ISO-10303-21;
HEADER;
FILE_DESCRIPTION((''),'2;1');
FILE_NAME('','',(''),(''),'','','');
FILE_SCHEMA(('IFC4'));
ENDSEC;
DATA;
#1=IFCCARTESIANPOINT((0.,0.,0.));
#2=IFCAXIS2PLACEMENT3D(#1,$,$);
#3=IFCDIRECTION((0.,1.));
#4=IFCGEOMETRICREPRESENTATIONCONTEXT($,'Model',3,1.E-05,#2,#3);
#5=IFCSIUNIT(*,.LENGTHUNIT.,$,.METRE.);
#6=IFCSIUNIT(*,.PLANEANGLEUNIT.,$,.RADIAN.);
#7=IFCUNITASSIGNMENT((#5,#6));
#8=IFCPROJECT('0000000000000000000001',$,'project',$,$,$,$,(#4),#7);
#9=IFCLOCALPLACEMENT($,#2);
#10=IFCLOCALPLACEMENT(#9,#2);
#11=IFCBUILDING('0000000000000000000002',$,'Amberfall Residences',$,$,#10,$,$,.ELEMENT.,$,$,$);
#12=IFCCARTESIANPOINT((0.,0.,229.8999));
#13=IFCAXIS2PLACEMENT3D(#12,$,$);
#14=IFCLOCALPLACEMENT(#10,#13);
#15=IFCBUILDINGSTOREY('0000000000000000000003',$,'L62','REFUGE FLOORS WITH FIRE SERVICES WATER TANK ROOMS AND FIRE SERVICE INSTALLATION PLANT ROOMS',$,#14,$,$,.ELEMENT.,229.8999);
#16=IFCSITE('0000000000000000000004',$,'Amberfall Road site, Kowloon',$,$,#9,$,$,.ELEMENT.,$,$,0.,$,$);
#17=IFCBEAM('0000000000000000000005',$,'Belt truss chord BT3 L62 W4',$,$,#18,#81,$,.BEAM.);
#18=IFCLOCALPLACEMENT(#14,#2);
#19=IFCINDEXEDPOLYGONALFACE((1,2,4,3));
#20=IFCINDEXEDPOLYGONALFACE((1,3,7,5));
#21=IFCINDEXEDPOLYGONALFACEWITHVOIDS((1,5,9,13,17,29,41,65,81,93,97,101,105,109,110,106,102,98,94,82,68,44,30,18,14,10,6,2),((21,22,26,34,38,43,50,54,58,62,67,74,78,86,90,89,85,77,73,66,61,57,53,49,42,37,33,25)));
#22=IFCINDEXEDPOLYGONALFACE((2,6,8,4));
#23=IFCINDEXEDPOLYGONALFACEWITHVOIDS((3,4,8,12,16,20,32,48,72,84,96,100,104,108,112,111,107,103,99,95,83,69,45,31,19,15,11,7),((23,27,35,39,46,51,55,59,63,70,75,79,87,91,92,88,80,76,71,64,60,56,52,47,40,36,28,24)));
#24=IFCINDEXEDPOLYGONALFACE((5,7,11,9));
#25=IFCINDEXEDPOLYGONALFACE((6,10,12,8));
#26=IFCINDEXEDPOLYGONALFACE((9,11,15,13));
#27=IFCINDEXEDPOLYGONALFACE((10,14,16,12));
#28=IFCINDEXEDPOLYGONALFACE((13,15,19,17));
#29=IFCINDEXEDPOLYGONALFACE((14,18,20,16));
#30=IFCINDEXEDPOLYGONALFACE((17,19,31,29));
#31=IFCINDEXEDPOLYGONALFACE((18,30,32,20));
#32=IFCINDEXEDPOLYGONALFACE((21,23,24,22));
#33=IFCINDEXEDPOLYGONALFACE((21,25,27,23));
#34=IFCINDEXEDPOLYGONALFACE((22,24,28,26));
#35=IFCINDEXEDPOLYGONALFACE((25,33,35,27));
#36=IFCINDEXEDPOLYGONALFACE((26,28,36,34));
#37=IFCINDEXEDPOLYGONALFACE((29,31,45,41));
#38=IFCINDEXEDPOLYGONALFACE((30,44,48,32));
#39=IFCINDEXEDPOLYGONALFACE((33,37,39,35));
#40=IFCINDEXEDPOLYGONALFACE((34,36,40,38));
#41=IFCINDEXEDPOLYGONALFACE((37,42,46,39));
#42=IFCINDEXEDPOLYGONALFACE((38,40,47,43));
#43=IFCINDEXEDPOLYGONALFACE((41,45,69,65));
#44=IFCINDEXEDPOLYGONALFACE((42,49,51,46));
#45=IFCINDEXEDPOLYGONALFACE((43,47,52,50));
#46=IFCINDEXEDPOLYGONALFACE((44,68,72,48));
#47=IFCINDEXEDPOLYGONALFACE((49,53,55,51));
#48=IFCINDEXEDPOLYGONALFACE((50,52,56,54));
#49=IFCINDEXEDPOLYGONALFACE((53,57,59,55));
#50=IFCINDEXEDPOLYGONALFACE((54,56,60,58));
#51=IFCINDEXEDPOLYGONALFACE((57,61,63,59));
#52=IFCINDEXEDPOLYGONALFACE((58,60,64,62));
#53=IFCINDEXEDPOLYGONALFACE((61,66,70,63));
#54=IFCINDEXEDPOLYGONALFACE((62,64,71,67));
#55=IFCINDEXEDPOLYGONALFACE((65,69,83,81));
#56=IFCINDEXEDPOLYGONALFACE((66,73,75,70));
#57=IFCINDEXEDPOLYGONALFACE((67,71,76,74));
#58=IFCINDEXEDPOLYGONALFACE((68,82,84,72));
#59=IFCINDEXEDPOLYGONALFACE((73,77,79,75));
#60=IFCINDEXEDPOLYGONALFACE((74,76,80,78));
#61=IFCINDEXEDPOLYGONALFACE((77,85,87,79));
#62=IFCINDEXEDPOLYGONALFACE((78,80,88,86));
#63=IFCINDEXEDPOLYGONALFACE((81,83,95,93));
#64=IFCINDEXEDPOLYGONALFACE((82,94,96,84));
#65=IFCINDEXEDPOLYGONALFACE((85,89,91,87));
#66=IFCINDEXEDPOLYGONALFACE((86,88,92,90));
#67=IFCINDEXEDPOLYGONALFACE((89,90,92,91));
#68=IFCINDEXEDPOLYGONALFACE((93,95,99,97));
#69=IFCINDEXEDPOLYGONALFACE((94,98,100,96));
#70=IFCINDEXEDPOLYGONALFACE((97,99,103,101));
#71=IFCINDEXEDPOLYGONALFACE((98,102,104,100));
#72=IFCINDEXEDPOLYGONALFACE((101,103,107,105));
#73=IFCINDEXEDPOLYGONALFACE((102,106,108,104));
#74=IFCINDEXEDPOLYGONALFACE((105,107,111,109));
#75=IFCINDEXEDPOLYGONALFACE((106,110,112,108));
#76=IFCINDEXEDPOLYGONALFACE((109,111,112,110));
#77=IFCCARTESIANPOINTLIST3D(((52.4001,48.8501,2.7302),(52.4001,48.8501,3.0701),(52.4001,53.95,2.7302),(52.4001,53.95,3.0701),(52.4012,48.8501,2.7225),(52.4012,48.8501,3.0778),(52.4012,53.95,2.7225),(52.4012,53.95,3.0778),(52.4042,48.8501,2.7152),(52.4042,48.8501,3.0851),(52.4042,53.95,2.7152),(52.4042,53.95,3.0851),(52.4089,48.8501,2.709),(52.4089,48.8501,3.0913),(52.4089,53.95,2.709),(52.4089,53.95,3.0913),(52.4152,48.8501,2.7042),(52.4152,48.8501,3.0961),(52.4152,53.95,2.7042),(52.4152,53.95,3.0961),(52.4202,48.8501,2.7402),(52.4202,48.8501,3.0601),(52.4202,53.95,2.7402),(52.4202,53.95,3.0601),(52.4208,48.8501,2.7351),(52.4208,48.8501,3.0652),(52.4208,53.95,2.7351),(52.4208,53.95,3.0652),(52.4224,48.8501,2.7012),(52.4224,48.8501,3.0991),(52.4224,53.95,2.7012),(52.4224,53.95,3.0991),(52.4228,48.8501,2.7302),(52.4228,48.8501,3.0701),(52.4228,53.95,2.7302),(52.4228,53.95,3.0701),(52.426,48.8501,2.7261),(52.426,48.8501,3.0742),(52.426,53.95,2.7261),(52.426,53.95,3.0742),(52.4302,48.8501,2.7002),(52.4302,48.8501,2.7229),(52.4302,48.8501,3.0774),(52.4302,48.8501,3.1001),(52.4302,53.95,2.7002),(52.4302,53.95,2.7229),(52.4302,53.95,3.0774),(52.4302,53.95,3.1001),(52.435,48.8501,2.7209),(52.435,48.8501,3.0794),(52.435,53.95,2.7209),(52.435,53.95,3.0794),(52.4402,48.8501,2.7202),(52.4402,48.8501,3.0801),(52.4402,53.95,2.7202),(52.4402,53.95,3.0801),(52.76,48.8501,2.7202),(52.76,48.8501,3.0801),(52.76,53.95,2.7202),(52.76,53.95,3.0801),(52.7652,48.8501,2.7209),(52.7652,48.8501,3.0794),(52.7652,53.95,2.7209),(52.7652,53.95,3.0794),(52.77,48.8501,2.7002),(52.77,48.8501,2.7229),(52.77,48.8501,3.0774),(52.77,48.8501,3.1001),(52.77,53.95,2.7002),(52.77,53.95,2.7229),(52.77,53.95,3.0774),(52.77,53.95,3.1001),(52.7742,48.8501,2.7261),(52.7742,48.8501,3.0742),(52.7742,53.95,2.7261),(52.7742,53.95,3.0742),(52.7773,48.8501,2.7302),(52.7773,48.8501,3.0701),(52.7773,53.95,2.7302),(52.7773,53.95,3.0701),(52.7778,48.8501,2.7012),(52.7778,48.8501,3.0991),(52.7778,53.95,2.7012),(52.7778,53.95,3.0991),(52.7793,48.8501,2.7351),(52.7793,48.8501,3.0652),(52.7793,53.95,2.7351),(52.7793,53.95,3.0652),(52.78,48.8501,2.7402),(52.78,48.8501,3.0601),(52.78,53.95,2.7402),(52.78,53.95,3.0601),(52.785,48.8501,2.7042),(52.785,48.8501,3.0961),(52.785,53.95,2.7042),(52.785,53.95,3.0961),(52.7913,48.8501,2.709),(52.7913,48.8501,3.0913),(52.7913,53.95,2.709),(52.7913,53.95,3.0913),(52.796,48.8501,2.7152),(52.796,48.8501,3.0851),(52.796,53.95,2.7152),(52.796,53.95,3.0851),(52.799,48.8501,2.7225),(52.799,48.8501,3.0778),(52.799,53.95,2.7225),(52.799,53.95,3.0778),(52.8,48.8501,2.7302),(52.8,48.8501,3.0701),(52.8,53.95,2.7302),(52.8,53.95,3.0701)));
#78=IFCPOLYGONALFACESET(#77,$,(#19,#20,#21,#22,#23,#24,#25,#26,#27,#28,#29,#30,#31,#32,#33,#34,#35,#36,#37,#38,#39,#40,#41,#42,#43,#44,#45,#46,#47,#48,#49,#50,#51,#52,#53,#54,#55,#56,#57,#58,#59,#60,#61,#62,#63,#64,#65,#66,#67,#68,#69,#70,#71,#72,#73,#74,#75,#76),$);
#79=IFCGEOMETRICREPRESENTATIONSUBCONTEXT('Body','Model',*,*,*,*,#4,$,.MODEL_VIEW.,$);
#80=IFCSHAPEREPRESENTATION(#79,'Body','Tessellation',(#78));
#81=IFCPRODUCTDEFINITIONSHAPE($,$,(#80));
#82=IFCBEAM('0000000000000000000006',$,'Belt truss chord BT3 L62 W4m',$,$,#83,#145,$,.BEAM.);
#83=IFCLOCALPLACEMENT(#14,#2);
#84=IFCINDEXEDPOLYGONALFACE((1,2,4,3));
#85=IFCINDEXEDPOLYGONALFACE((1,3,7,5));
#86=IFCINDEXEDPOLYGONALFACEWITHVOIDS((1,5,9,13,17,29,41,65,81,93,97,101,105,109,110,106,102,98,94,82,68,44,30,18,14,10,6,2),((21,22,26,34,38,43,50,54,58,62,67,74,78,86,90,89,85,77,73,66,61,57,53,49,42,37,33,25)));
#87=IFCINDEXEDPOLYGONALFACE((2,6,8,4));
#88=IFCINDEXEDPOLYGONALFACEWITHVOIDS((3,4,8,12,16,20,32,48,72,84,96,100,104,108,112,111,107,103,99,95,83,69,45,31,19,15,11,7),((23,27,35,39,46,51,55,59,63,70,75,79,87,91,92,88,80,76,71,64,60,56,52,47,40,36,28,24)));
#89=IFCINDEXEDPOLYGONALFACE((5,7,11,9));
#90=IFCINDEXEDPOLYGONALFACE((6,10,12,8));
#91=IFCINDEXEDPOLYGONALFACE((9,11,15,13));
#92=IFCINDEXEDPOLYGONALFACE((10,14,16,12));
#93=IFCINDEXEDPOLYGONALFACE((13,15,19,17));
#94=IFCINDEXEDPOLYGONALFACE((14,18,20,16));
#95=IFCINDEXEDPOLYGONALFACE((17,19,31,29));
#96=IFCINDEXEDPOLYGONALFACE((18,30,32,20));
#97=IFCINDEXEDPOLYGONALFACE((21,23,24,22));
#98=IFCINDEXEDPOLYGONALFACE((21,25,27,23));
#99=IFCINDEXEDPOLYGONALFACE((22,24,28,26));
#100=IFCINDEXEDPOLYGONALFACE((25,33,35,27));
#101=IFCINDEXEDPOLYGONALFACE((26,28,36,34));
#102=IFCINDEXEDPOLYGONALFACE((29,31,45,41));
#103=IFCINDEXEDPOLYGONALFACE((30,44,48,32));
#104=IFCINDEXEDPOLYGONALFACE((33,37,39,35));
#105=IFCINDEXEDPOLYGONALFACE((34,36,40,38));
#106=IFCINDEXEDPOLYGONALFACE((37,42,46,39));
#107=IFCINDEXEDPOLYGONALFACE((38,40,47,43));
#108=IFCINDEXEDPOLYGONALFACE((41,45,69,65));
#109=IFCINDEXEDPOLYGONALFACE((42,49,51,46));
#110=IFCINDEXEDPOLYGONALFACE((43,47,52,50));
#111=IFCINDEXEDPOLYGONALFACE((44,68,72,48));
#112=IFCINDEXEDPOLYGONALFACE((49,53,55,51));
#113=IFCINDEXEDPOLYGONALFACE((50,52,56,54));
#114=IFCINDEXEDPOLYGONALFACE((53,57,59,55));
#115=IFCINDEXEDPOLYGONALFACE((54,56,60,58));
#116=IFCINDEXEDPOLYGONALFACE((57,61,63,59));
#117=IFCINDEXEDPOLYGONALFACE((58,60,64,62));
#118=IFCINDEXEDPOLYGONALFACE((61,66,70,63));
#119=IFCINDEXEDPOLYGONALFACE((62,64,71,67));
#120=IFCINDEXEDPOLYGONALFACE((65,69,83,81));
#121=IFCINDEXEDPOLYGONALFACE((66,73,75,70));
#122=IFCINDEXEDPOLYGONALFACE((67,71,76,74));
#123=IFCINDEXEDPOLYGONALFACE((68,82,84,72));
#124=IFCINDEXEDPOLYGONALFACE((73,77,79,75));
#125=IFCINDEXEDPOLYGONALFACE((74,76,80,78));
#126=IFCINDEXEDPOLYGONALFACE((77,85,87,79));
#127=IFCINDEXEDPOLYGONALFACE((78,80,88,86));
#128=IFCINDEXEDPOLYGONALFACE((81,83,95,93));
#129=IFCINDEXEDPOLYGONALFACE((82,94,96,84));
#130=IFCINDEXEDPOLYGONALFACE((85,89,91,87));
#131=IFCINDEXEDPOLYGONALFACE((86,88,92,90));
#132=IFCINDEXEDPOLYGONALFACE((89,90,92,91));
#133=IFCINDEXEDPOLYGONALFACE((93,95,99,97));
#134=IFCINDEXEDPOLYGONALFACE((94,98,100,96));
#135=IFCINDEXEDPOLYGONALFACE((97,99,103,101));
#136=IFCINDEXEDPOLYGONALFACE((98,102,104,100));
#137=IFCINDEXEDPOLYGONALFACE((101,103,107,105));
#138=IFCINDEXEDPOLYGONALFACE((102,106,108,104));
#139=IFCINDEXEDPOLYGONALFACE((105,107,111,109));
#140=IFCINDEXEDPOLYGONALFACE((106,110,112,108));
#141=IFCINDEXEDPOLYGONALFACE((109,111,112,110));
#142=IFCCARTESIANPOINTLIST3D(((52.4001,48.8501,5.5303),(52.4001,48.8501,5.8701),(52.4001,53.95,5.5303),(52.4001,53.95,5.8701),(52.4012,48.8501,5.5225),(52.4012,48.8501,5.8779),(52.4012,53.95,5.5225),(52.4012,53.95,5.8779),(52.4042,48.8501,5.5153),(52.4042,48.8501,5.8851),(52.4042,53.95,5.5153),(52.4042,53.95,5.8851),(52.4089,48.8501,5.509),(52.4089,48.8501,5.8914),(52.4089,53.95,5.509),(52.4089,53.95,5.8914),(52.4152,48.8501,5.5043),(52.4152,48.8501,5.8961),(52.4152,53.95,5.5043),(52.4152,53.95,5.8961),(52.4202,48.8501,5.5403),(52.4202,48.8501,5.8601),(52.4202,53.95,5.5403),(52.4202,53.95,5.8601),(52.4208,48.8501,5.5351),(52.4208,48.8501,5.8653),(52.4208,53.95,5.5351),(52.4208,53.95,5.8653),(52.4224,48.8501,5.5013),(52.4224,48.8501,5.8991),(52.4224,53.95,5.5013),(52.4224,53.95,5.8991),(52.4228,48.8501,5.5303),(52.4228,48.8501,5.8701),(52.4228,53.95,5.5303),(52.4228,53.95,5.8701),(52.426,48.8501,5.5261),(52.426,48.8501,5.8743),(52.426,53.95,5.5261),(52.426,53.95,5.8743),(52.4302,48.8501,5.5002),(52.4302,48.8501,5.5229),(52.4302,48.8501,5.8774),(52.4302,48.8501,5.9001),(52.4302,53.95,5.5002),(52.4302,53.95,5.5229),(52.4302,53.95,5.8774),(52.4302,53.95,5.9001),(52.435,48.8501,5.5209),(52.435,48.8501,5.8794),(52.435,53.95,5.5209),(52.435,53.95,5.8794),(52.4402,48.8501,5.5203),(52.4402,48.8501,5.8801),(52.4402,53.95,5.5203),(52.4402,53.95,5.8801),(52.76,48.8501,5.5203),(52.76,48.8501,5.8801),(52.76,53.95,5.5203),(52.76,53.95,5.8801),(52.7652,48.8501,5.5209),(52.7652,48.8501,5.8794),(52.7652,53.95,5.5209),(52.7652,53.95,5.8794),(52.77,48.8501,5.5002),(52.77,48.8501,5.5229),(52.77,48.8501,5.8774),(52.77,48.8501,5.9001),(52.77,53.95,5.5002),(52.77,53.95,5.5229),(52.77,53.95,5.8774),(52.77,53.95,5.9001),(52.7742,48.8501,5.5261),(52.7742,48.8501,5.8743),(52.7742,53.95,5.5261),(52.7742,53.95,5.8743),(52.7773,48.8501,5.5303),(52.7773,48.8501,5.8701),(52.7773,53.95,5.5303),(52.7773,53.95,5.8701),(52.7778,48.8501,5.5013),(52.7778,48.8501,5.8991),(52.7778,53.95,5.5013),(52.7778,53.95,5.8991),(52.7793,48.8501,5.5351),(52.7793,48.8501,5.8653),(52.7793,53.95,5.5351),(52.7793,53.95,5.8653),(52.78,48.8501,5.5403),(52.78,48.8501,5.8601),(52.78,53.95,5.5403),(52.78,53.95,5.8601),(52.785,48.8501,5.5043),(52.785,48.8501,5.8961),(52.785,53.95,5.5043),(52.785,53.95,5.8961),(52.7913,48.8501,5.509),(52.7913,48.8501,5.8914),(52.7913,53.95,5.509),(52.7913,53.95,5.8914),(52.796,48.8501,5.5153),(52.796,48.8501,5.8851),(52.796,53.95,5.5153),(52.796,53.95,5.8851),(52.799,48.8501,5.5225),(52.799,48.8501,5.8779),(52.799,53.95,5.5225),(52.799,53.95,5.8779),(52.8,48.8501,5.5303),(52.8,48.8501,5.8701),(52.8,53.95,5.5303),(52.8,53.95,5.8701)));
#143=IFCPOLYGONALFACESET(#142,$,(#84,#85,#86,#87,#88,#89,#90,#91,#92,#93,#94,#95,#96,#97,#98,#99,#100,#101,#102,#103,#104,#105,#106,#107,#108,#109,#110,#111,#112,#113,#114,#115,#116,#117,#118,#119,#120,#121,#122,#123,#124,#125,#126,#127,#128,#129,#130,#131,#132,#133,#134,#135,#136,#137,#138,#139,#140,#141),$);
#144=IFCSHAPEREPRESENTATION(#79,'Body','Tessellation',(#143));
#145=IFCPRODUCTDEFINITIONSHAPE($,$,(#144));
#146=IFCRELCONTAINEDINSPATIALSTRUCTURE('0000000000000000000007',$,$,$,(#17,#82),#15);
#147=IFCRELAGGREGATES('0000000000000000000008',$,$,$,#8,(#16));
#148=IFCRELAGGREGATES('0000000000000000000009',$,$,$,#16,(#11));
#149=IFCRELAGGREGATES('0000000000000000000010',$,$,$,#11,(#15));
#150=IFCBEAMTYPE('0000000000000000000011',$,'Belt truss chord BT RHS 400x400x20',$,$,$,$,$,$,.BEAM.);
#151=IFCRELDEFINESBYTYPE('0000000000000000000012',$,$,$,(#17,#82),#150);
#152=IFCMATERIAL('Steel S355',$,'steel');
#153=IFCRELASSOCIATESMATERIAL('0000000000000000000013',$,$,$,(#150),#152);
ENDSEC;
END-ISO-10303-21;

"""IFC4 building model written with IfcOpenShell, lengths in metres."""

from ifc_helpers import new_model, si_unit, direction, frame, origin, origin_2d, place, context, subcontext, project, spatial, hollow_rectangle, extrude, material, material_profile, profile_set, type_object, element, save


model = new_model("IFC4")

# Units and contexts
model_context = context("Model", 3, precision=1e-05, world=origin(), true_north=direction((0.0, 1.0)))
body_context = subcontext(model_context, "Body", "Model", "MODEL_VIEW")
ifc_project = project(units=[si_unit("LENGTHUNIT", "METRE"), si_unit("PLANEANGLEUNIT", "RADIAN")], contexts=[model_context])

# Site, building, storey
site_placement = place(None, origin())
site = spatial("IfcSite", under=ifc_project, at=site_placement, Name="Amberfall Road site, Kowloon", CompositionType="ELEMENT", RefElevation=0.0)
building_placement = place(site_placement, origin())
building = spatial("IfcBuilding", under=site, at=building_placement, Name="Amberfall Residences", CompositionType="ELEMENT")
storey_placement = place(building_placement, frame((0.0, 0.0, 229.8999)))
storey = spatial("IfcBuildingStorey", under=building, at=storey_placement, Name="L62", Description="REFUGE FLOORS WITH FIRE SERVICES WATER TANK ROOMS AND FIRE SERVICE INSTALLATION PLANT ROOMS", CompositionType="ELEMENT", Elevation=229.8999)

# Beams
ifc_material_1 = material(Name="Steel S355", Category="steel")
ifc_material_profile_1 = material_profile(ifc_material_1, hollow_rectangle(XDim=0.3999, YDim=0.3999, WallThickness=0.02, InnerFilletRadius=0.02, OuterFilletRadius=0.03, at=origin_2d()), Name="RHS 400x400x20")
ifc_profile_set_1 = profile_set([ifc_material_profile_1], Name="Steel S355")
beam_type_1 = type_object("IfcBeamType", Name="Belt truss chord BT RHS 400x400x20", PredefinedType="BEAM", material=ifc_profile_set_1)
for number, where, z_axis, x_axis, name in (
    (1, (52.6001, 48.8501, 2.9001), (0.0, 1.0, 0.0), (-1.0, 0.0, 0.0), "Belt truss chord BT3 L62 W4"),
    (2, (52.6001, 48.8501, 5.7002), (0.0, 1.0, 0.0), (-1.0, 0.0, 0.0), "Belt truss chord BT3 L62 W4m"),
):
    element("IfcBeam", number, at=place(storey_placement, frame(where, z_axis=z_axis, x_axis=x_axis)), inside=storey, type_object=beam_type_1, Name=name, PredefinedType="BEAM", context=body_context, shape_type="SweptSolid", body=[
        extrude(hollow_rectangle(XDim=0.3999, YDim=0.3999, WallThickness=0.02, InnerFilletRadius=0.02, OuterFilletRadius=0.03, at=origin_2d()), origin(), (0.0, 0.0, 1.0), 5.0999),
    ])

save(model, "model.ifc")
